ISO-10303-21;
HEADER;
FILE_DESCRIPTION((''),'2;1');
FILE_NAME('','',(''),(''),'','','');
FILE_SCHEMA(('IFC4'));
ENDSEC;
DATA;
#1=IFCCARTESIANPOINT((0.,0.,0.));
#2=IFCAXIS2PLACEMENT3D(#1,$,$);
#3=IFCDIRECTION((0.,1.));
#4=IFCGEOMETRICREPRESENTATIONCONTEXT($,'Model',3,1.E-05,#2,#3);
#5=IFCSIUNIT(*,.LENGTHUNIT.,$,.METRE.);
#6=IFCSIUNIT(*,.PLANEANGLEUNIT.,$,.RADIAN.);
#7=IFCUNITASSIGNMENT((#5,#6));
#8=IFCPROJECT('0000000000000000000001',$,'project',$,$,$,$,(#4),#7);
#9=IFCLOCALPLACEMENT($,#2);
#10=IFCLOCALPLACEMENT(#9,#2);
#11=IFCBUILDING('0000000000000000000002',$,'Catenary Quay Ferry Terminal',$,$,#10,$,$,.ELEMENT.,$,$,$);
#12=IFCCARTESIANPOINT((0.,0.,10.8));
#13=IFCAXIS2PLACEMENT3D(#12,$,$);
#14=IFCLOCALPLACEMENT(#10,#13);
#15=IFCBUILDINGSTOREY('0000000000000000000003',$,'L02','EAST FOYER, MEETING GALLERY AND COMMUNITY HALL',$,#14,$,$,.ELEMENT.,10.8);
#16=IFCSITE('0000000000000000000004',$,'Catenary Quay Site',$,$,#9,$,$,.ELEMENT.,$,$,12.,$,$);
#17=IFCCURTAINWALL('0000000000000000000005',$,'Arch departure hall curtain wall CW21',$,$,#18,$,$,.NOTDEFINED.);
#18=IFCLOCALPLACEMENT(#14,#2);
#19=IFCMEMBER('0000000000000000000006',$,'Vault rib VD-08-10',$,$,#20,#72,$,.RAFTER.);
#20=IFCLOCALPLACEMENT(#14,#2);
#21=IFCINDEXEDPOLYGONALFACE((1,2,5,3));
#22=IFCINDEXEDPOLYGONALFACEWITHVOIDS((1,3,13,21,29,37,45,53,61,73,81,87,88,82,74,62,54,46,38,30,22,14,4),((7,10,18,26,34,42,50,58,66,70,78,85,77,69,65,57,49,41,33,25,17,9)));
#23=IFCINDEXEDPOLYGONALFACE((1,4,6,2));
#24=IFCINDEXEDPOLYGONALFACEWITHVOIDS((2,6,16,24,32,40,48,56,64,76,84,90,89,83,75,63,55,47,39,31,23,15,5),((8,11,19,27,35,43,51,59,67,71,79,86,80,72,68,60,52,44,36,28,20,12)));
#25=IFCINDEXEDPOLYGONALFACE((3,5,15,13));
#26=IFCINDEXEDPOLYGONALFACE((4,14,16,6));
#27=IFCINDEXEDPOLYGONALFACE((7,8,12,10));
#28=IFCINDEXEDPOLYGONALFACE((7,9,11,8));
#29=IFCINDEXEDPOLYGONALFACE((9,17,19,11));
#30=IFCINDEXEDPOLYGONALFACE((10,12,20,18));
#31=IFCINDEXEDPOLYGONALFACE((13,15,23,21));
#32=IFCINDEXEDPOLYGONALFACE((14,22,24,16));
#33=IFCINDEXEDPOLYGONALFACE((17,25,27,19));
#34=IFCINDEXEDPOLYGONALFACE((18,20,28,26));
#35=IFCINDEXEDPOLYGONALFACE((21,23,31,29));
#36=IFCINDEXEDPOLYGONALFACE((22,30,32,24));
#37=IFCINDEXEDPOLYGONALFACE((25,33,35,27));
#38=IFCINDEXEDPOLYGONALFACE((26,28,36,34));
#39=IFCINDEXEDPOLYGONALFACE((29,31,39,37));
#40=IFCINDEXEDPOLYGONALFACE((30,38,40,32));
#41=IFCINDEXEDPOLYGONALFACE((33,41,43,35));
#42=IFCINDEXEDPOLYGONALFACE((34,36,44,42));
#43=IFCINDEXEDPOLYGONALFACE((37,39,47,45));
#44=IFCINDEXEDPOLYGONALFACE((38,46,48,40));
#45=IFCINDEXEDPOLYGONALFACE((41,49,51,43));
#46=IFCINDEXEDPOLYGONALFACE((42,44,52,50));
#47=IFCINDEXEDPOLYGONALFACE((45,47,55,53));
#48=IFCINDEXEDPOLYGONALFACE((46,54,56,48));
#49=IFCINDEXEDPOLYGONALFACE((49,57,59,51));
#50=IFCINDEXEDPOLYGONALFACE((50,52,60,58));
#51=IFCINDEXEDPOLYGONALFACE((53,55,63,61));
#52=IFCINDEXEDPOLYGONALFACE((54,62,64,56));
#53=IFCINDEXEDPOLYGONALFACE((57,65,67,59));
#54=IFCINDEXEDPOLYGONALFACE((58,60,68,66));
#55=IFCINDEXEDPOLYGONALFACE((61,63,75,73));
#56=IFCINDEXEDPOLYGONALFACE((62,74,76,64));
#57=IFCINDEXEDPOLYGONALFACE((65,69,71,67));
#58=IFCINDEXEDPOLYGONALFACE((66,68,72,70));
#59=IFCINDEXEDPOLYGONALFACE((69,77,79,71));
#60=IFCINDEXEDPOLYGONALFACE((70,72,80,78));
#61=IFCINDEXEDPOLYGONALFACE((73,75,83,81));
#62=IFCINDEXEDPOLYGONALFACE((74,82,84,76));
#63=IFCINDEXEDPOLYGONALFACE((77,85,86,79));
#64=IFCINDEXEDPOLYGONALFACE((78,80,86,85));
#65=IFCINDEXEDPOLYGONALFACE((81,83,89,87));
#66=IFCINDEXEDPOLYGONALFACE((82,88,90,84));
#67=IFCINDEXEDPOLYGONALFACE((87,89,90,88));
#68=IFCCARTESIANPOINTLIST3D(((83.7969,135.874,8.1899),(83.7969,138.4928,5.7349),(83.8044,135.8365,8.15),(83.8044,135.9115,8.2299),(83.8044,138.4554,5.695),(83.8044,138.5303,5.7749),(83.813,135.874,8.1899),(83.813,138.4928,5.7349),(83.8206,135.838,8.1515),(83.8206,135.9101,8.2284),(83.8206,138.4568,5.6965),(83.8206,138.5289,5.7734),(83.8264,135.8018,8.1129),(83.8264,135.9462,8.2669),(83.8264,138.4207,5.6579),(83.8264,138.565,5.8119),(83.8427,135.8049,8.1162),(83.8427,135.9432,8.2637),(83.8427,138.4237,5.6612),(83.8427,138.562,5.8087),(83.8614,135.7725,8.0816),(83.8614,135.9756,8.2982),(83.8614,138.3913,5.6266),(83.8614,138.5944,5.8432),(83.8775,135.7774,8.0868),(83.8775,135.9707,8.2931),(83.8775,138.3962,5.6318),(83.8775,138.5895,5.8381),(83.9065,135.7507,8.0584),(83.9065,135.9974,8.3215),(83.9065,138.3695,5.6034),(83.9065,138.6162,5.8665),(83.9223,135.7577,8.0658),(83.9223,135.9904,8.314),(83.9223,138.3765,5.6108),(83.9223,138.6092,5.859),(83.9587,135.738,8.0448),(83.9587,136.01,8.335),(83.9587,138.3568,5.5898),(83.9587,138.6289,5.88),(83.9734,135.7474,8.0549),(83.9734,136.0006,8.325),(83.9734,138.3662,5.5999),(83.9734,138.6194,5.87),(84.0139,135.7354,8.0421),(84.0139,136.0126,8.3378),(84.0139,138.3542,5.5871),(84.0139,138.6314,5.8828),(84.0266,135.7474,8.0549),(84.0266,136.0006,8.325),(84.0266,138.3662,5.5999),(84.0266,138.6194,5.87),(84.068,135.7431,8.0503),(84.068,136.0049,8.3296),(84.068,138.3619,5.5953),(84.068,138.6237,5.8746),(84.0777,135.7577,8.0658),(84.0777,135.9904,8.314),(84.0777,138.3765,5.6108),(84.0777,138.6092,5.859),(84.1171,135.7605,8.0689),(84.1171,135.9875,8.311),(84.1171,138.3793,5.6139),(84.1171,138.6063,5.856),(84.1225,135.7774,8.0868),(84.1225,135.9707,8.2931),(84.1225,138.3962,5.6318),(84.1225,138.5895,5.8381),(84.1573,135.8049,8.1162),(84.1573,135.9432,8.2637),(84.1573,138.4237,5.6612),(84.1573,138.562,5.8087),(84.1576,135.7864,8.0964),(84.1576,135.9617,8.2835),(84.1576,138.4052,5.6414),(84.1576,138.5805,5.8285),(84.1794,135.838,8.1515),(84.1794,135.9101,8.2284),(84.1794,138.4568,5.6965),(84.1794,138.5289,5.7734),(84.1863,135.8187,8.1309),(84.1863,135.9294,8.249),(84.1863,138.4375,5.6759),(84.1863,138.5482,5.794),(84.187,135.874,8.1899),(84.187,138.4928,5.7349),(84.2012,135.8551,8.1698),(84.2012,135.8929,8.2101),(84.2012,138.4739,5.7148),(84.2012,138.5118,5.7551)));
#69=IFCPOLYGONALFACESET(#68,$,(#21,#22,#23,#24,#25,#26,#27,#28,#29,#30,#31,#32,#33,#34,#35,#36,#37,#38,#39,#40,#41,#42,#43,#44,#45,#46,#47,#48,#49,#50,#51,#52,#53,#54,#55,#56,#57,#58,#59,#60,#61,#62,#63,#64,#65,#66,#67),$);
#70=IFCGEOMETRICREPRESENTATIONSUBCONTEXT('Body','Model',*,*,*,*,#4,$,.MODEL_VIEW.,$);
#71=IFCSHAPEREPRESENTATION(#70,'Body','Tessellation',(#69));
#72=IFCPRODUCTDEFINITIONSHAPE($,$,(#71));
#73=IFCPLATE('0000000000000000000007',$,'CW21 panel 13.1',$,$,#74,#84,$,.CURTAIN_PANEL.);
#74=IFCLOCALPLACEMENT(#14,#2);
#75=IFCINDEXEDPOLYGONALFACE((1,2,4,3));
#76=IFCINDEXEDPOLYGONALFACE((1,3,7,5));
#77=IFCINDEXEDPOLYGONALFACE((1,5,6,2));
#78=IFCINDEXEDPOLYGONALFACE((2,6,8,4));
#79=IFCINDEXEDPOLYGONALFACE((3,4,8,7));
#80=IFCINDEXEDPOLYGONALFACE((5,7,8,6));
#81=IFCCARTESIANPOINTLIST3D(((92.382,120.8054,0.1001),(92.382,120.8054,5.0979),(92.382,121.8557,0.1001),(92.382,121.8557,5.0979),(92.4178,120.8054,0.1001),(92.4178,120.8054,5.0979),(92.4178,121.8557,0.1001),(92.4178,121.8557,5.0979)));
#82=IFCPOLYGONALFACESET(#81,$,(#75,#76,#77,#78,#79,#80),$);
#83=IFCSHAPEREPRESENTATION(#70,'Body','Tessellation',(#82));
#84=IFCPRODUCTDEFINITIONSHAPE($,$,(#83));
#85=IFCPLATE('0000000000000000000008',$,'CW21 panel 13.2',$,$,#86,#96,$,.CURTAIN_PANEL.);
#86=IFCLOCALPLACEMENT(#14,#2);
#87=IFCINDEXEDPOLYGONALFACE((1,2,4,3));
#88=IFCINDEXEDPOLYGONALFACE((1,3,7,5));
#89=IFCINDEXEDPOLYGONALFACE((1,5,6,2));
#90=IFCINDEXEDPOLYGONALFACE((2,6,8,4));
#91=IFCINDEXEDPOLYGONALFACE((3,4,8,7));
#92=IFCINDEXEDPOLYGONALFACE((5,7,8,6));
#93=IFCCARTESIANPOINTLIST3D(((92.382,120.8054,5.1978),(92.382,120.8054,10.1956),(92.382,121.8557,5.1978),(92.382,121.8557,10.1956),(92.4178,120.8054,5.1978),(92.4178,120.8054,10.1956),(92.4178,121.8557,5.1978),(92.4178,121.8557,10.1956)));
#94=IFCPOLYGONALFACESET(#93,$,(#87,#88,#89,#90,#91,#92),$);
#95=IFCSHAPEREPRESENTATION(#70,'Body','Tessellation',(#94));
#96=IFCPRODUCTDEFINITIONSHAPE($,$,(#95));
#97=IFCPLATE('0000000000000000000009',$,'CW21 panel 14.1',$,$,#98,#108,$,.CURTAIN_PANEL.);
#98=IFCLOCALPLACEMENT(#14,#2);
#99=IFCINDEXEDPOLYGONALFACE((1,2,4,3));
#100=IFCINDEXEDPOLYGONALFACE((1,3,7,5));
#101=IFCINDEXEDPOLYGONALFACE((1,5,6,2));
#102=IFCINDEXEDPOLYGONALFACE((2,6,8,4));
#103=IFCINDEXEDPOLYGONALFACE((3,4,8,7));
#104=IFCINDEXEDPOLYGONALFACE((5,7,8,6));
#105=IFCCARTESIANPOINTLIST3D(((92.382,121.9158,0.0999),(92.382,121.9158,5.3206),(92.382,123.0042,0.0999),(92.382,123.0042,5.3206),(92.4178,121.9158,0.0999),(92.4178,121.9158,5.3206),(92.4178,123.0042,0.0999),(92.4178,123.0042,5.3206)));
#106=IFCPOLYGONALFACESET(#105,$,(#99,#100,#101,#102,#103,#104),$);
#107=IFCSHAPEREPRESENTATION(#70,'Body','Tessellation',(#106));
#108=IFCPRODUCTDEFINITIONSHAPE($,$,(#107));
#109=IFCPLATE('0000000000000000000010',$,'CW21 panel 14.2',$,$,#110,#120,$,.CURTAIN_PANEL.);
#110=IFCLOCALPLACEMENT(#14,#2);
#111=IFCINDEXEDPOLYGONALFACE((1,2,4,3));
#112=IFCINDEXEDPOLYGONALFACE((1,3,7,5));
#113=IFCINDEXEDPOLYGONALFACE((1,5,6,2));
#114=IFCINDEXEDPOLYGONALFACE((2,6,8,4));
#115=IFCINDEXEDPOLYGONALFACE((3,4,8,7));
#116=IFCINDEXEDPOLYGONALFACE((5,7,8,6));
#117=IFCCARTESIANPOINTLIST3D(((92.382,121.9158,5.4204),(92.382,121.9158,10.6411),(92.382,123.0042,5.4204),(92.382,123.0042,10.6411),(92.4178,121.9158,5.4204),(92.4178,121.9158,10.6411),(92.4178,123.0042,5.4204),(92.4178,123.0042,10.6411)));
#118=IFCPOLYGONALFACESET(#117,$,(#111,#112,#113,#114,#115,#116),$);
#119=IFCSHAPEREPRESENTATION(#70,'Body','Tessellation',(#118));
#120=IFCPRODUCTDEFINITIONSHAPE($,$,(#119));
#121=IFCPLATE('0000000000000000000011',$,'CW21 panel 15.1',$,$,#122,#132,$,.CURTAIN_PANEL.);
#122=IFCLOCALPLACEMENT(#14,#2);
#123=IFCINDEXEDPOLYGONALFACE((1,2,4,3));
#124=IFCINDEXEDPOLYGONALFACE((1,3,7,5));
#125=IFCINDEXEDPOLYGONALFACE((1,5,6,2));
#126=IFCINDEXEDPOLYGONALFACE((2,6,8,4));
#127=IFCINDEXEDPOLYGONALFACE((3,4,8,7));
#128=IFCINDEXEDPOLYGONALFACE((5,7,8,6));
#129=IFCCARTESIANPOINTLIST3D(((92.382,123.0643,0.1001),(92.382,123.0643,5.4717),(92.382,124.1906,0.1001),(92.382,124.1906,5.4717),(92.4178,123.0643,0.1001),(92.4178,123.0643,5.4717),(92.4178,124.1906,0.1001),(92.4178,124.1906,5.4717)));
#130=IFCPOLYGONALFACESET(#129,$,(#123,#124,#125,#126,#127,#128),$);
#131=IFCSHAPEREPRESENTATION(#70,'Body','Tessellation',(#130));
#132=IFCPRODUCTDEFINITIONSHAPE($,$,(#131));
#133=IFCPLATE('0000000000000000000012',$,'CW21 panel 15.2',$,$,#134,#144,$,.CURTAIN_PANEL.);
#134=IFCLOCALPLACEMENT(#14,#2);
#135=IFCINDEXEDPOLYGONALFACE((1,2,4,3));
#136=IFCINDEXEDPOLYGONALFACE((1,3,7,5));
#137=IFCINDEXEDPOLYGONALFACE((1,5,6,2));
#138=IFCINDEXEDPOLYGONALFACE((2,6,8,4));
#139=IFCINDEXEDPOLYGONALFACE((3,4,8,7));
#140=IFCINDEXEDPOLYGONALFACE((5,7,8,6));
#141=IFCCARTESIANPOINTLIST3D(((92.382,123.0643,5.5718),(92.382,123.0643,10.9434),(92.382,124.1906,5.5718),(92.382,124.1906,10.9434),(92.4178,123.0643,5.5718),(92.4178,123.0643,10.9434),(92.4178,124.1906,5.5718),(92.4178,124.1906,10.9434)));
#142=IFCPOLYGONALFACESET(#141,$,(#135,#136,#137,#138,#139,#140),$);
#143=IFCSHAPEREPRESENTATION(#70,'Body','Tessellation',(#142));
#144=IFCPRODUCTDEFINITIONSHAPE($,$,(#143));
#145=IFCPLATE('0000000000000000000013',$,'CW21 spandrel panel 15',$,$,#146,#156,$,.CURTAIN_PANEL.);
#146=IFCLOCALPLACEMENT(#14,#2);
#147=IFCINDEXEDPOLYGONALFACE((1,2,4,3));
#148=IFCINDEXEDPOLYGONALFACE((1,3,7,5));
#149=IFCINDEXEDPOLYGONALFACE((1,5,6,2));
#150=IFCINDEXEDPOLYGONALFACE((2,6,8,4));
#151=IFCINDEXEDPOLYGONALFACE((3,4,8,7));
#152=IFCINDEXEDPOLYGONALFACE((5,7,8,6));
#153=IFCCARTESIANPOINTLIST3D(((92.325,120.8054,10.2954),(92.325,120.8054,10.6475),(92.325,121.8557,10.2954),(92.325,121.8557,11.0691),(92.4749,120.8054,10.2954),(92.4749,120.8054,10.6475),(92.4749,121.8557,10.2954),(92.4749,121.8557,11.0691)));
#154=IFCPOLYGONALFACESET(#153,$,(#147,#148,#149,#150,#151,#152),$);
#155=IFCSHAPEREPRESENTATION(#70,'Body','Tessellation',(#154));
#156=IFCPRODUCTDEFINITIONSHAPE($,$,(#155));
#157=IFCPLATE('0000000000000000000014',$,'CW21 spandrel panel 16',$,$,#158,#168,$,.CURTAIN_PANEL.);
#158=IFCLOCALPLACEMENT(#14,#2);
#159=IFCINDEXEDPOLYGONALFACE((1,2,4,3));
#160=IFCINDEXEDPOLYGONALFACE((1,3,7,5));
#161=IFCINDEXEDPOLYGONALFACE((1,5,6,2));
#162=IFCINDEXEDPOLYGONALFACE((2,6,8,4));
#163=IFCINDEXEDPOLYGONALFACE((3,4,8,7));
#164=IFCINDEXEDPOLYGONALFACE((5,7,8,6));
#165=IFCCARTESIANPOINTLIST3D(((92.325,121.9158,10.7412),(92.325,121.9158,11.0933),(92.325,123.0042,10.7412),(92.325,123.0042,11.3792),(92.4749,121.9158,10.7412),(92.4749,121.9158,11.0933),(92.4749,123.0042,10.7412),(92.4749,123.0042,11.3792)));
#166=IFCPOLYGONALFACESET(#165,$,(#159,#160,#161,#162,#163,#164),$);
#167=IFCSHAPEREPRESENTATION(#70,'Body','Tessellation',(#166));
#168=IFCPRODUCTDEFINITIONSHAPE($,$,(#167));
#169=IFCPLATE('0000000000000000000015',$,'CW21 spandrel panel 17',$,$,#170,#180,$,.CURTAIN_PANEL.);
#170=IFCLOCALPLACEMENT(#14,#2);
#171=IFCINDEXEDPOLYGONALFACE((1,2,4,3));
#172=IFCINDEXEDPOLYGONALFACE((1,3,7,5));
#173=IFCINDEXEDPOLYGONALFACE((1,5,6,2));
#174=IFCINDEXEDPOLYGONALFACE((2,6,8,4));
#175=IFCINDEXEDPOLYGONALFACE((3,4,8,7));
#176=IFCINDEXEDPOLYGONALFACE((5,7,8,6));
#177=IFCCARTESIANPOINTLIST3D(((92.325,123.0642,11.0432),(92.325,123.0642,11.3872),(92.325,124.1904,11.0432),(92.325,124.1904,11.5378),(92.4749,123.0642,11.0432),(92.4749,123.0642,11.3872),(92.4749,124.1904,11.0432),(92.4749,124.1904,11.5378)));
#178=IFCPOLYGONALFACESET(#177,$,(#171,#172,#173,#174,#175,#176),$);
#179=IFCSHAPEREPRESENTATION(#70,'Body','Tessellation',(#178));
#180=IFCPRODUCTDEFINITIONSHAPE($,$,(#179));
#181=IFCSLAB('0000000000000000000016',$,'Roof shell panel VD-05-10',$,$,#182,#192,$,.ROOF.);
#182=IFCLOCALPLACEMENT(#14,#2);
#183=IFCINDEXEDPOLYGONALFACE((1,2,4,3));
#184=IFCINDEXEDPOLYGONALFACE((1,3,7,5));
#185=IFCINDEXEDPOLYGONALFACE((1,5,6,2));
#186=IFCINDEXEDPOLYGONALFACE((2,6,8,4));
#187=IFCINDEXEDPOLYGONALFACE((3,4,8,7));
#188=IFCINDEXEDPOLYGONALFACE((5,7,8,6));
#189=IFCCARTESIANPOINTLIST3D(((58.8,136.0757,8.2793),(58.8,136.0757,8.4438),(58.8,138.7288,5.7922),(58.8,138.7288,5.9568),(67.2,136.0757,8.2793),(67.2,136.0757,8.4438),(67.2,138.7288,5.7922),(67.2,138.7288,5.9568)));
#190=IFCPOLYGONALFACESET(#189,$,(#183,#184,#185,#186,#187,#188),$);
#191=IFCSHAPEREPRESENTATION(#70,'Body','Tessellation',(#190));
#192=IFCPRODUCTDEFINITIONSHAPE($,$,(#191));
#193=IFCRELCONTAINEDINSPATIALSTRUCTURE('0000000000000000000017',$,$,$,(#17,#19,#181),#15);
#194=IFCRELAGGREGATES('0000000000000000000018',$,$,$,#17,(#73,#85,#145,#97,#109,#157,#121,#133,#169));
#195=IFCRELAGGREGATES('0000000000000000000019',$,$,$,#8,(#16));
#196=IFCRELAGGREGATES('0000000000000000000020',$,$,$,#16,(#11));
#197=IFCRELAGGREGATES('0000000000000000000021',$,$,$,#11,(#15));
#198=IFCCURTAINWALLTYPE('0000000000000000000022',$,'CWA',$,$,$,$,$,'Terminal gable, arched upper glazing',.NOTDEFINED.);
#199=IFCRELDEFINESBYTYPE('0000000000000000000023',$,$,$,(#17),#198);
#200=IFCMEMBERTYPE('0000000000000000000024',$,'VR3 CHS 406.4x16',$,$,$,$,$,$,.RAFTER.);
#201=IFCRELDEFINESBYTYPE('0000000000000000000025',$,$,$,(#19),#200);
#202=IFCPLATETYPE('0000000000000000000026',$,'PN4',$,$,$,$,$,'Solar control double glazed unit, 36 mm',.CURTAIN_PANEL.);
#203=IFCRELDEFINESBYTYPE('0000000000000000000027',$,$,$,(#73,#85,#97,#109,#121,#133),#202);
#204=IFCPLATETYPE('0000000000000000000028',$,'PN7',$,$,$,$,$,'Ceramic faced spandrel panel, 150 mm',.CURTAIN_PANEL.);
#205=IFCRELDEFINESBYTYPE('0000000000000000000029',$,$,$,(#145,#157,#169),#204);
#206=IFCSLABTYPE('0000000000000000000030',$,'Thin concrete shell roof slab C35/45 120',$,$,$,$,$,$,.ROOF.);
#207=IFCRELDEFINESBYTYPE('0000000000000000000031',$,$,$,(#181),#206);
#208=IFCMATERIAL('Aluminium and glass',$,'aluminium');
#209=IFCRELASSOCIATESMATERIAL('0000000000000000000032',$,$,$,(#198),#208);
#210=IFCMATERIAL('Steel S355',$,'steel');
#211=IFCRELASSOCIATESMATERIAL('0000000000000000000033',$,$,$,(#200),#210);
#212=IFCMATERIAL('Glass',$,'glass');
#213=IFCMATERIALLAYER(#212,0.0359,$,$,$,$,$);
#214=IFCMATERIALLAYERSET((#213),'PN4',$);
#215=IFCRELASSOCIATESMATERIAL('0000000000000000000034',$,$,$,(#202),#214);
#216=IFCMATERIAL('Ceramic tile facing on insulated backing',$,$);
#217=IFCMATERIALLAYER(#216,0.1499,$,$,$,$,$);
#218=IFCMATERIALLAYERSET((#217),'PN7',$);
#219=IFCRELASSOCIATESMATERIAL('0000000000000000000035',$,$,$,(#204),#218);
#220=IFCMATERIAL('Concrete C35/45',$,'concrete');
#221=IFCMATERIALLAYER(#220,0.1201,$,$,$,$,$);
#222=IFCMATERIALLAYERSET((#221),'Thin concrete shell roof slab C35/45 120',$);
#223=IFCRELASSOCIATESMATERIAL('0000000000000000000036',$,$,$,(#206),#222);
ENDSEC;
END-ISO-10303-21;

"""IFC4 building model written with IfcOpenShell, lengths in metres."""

from ifc_helpers import new_model, si_unit, direction, frame, origin, origin_2d, place, context, subcontext, project, spatial, polyline, rectangle, hollow_circle, outline, extrude, material, layer, layer_set, material_profile, profile_set, type_object, element, aggregate, save


model = new_model("IFC4")

# Units and contexts
model_context = context("Model", 3, precision=1e-05, world=origin(), true_north=direction((0.0, 1.0)))
body_context = subcontext(model_context, "Body", "Model", "MODEL_VIEW")
ifc_project = project(units=[si_unit("LENGTHUNIT", "METRE"), si_unit("PLANEANGLEUNIT", "RADIAN")], contexts=[model_context])

# Site, building, storey
site_placement = place(None, origin())
site = spatial("IfcSite", under=ifc_project, at=site_placement, Name="Catenary Quay Site", CompositionType="ELEMENT", RefElevation=12.0)
building_placement = place(site_placement, origin())
building = spatial("IfcBuilding", under=site, at=building_placement, Name="Catenary Quay Ferry Terminal", CompositionType="ELEMENT")
storey_placement = place(building_placement, frame((0.0, 0.0, 10.8)))
storey = spatial("IfcBuildingStorey", under=building, at=storey_placement, Name="L02", Description="EAST FOYER, MEETING GALLERY AND COMMUNITY HALL", CompositionType="ELEMENT", Elevation=10.8)

# Curtain wall
ifc_material_1 = material(Name="Aluminium and glass", Category="aluminium")
curtain_wall_type = type_object("IfcCurtainWallType", Name="CWA", ElementType="Terminal gable, arched upper glazing", PredefinedType="NOTDEFINED", material=ifc_material_1)
curtain_wall_placement = place(storey_placement, origin())
curtain_wall = element("IfcCurtainWall", 1, at=curtain_wall_placement, inside=storey, type_object=curtain_wall_type, Name="Arch departure hall curtain wall CW21", PredefinedType="NOTDEFINED")

# Member
ifc_material_2 = material(Name="Steel S355", Category="steel")
ifc_material_profile_1 = material_profile(ifc_material_2, hollow_circle(Radius=0.2031, WallThickness=0.0161, at=origin_2d()), Name="CHS 406.4x16")
ifc_profile_set_1 = profile_set([ifc_material_profile_1], Name="Steel S355")
member_type_1 = type_object("IfcMemberType", Name="VR3 CHS 406.4x16", PredefinedType="RAFTER", material=ifc_profile_set_1)
for number, where, z_axis, x_axis, name in (
    (2, (84.0, 135.874, 8.1899), (0.0, 0.729556, -0.683921), (-1.0, 0.0, 0.0), "Vault rib VD-08-10"),
):
    element("IfcMember", number, at=place(storey_placement, frame(where, z_axis=z_axis, x_axis=x_axis)), inside=storey, type_object=member_type_1, Name=name, PredefinedType="RAFTER", context=body_context, shape_type="SweptSolid", body=[
        extrude(hollow_circle(Radius=0.2031, WallThickness=0.0161, at=origin_2d()), origin(), (0.0, 0.0, 1.0), 3.5896),
    ])

# Plates
ifc_material_3 = material(Name="Glass", Category="glass")
ifc_layer_1 = layer(ifc_material_3, 0.0359)
ifc_layer_set_1 = layer_set([ifc_layer_1], Name="PN4")
plate_type_1 = type_object("IfcPlateType", Name="PN4", ElementType="Solar control double glazed unit, 36 mm", PredefinedType="CURTAIN_PANEL", material=ifc_layer_set_1)
plate_1_placement = place(storey_placement, frame((92.3999, 121.3306, 0.1001), z_axis=(0.0, 0.0, 1.0), x_axis=(0.0, 1.0, 0.0)))
plate_1 = element("IfcPlate", 3, at=plate_1_placement, type_object=plate_type_1, Name="CW21 panel 13.1", PredefinedType="CURTAIN_PANEL", context=body_context, shape_type="SweptSolid", body=[
    extrude(rectangle(XDim=1.0503, YDim=0.0359, at=origin_2d()), origin(), (0.0, 0.0, 1.0), 4.9978),
])
plate_2_placement = place(storey_placement, frame((92.3999, 121.3306, 5.1978), z_axis=(0.0, 0.0, 1.0), x_axis=(0.0, 1.0, 0.0)))
plate_2 = element("IfcPlate", 4, at=plate_2_placement, type_object=plate_type_1, Name="CW21 panel 13.2", PredefinedType="CURTAIN_PANEL", context=body_context, shape_type="SweptSolid", body=[
    extrude(rectangle(XDim=1.0503, YDim=0.0359, at=origin_2d()), origin(), (0.0, 0.0, 1.0), 4.9978),
])
plate_3_placement = place(storey_placement, frame((92.3999, 122.46, 0.0999), z_axis=(0.0, 0.0, 1.0), x_axis=(0.0, 1.0, 0.0)))
plate_3 = element("IfcPlate", 5, at=plate_3_placement, type_object=plate_type_1, Name="CW21 panel 14.1", PredefinedType="CURTAIN_PANEL", context=body_context, shape_type="SweptSolid", body=[
    extrude(rectangle(XDim=1.0884, YDim=0.0359, at=origin_2d()), origin(), (0.0, 0.0, 1.0), 5.2207),
])
plate_4_placement = place(storey_placement, frame((92.3999, 122.46, 5.4204), z_axis=(0.0, 0.0, 1.0), x_axis=(0.0, 1.0, 0.0)))
plate_4 = element("IfcPlate", 6, at=plate_4_placement, type_object=plate_type_1, Name="CW21 panel 14.2", PredefinedType="CURTAIN_PANEL", context=body_context, shape_type="SweptSolid", body=[
    extrude(rectangle(XDim=1.0884, YDim=0.0359, at=origin_2d()), origin(), (0.0, 0.0, 1.0), 5.2207),
])
plate_5_placement = place(storey_placement, frame((92.3999, 123.6274, 0.1001), z_axis=(0.0, 0.0, 1.0), x_axis=(0.0, 1.0, 0.0)))
plate_5 = element("IfcPlate", 7, at=plate_5_placement, type_object=plate_type_1, Name="CW21 panel 15.1", PredefinedType="CURTAIN_PANEL", context=body_context, shape_type="SweptSolid", body=[
    extrude(rectangle(XDim=1.1262, YDim=0.0359, at=origin_2d()), origin(), (0.0, 0.0, 1.0), 5.3716),
])
plate_6_placement = place(storey_placement, frame((92.3999, 123.6274, 5.5718), z_axis=(0.0, 0.0, 1.0), x_axis=(0.0, 1.0, 0.0)))
plate_6 = element("IfcPlate", 8, at=plate_6_placement, type_object=plate_type_1, Name="CW21 panel 15.2", PredefinedType="CURTAIN_PANEL", context=body_context, shape_type="SweptSolid", body=[
    extrude(rectangle(XDim=1.1262, YDim=0.0359, at=origin_2d()), origin(), (0.0, 0.0, 1.0), 5.3716),
])
ifc_material_4 = material(Name="Ceramic tile facing on insulated backing")
ifc_layer_2 = layer(ifc_material_4, 0.1499)
ifc_layer_set_2 = layer_set([ifc_layer_2], Name="PN7")
plate_type_2 = type_object("IfcPlateType", Name="PN7", ElementType="Ceramic faced spandrel panel, 150 mm", PredefinedType="CURTAIN_PANEL", material=ifc_layer_set_2)
plate_7_placement = place(storey_placement, frame((92.3999, 120.8054, 10.2954), z_axis=(0.0, 0.0, 1.0), x_axis=(0.0, 1.0, 0.0)))
plate_7 = element("IfcPlate", 9, at=plate_7_placement, type_object=plate_type_2, Name="CW21 spandrel panel 15", PredefinedType="CURTAIN_PANEL", context=body_context, shape_type="SweptSolid", body=[
    extrude(outline(polyline([(0.0, 0.0), (1.0503, 0.0), (1.0503, 0.7737), (0.0, 0.3521), (0.0, 0.0)])), frame((0.0, 0.075, 0.0), z_axis=(0.0, -1.0, 0.0), x_axis=(1.0, 0.0, 0.0)), (0.0, 0.0, 1.0), 0.1499),
])
plate_8_placement = place(storey_placement, frame((92.3999, 121.9158, 10.7412), z_axis=(0.0, 0.0, 1.0), x_axis=(0.0, 1.0, 0.0)))
plate_8 = element("IfcPlate", 10, at=plate_8_placement, type_object=plate_type_2, Name="CW21 spandrel panel 16", PredefinedType="CURTAIN_PANEL", context=body_context, shape_type="SweptSolid", body=[
    extrude(outline(polyline([(0.0, 0.0), (1.0884, 0.0), (1.0884, 0.6379), (0.0, 0.3521), (0.0, 0.0)])), frame((0.0, 0.075, 0.0), z_axis=(0.0, -1.0, 0.0), x_axis=(1.0, 0.0, 0.0)), (0.0, 0.0, 1.0), 0.1499),
])
plate_9_placement = place(storey_placement, frame((92.3999, 123.0642, 11.0432), z_axis=(0.0, 0.0, 1.0), x_axis=(0.0, 1.0, 0.0)))
plate_9 = element("IfcPlate", 11, at=plate_9_placement, type_object=plate_type_2, Name="CW21 spandrel panel 17", PredefinedType="CURTAIN_PANEL", context=body_context, shape_type="SweptSolid", body=[
    extrude(outline(polyline([(0.0, 0.0), (1.1262, 0.0), (1.1262, 0.4946), (0.0, 0.344), (0.0, 0.0)])), frame((0.0, 0.075, 0.0), z_axis=(0.0, -1.0, 0.0), x_axis=(1.0, 0.0, 0.0)), (0.0, 0.0, 1.0), 0.1499),
])
aggregate(curtain_wall, [plate_1, plate_2, plate_7, plate_3, plate_4, plate_8, plate_5, plate_6, plate_9])

# Slab
ifc_material_5 = material(Name="Concrete C35/45", Category="concrete")
ifc_layer_3 = layer(ifc_material_5, 0.1201)
ifc_layer_set_3 = layer_set([ifc_layer_3], Name="Thin concrete shell roof slab C35/45 120")
slab_type = type_object("IfcSlabType", Name="Thin concrete shell roof slab C35/45 120", PredefinedType="ROOF", material=ifc_layer_set_3)
slab_1_placement = place(storey_placement, frame((58.8, 136.0757, 8.4438), z_axis=(0.0, 0.683912, 0.729564), x_axis=(1.0, 0.0, 0.0)))
element("IfcSlab", 12, at=slab_1_placement, inside=storey, type_object=slab_type, Name="Roof shell panel VD-05-10", PredefinedType="ROOF", context=body_context, shape_type="SweptSolid", body=[
    extrude(outline(polyline([(0.0, 0.0), (8.3999, 0.0), (8.3999, 3.6365), (0.0, 3.6365), (0.0, 0.0)])), origin(), (0.0, 0.683912, -0.729564), 0.1646),
])

save(model, "model.ifc")
